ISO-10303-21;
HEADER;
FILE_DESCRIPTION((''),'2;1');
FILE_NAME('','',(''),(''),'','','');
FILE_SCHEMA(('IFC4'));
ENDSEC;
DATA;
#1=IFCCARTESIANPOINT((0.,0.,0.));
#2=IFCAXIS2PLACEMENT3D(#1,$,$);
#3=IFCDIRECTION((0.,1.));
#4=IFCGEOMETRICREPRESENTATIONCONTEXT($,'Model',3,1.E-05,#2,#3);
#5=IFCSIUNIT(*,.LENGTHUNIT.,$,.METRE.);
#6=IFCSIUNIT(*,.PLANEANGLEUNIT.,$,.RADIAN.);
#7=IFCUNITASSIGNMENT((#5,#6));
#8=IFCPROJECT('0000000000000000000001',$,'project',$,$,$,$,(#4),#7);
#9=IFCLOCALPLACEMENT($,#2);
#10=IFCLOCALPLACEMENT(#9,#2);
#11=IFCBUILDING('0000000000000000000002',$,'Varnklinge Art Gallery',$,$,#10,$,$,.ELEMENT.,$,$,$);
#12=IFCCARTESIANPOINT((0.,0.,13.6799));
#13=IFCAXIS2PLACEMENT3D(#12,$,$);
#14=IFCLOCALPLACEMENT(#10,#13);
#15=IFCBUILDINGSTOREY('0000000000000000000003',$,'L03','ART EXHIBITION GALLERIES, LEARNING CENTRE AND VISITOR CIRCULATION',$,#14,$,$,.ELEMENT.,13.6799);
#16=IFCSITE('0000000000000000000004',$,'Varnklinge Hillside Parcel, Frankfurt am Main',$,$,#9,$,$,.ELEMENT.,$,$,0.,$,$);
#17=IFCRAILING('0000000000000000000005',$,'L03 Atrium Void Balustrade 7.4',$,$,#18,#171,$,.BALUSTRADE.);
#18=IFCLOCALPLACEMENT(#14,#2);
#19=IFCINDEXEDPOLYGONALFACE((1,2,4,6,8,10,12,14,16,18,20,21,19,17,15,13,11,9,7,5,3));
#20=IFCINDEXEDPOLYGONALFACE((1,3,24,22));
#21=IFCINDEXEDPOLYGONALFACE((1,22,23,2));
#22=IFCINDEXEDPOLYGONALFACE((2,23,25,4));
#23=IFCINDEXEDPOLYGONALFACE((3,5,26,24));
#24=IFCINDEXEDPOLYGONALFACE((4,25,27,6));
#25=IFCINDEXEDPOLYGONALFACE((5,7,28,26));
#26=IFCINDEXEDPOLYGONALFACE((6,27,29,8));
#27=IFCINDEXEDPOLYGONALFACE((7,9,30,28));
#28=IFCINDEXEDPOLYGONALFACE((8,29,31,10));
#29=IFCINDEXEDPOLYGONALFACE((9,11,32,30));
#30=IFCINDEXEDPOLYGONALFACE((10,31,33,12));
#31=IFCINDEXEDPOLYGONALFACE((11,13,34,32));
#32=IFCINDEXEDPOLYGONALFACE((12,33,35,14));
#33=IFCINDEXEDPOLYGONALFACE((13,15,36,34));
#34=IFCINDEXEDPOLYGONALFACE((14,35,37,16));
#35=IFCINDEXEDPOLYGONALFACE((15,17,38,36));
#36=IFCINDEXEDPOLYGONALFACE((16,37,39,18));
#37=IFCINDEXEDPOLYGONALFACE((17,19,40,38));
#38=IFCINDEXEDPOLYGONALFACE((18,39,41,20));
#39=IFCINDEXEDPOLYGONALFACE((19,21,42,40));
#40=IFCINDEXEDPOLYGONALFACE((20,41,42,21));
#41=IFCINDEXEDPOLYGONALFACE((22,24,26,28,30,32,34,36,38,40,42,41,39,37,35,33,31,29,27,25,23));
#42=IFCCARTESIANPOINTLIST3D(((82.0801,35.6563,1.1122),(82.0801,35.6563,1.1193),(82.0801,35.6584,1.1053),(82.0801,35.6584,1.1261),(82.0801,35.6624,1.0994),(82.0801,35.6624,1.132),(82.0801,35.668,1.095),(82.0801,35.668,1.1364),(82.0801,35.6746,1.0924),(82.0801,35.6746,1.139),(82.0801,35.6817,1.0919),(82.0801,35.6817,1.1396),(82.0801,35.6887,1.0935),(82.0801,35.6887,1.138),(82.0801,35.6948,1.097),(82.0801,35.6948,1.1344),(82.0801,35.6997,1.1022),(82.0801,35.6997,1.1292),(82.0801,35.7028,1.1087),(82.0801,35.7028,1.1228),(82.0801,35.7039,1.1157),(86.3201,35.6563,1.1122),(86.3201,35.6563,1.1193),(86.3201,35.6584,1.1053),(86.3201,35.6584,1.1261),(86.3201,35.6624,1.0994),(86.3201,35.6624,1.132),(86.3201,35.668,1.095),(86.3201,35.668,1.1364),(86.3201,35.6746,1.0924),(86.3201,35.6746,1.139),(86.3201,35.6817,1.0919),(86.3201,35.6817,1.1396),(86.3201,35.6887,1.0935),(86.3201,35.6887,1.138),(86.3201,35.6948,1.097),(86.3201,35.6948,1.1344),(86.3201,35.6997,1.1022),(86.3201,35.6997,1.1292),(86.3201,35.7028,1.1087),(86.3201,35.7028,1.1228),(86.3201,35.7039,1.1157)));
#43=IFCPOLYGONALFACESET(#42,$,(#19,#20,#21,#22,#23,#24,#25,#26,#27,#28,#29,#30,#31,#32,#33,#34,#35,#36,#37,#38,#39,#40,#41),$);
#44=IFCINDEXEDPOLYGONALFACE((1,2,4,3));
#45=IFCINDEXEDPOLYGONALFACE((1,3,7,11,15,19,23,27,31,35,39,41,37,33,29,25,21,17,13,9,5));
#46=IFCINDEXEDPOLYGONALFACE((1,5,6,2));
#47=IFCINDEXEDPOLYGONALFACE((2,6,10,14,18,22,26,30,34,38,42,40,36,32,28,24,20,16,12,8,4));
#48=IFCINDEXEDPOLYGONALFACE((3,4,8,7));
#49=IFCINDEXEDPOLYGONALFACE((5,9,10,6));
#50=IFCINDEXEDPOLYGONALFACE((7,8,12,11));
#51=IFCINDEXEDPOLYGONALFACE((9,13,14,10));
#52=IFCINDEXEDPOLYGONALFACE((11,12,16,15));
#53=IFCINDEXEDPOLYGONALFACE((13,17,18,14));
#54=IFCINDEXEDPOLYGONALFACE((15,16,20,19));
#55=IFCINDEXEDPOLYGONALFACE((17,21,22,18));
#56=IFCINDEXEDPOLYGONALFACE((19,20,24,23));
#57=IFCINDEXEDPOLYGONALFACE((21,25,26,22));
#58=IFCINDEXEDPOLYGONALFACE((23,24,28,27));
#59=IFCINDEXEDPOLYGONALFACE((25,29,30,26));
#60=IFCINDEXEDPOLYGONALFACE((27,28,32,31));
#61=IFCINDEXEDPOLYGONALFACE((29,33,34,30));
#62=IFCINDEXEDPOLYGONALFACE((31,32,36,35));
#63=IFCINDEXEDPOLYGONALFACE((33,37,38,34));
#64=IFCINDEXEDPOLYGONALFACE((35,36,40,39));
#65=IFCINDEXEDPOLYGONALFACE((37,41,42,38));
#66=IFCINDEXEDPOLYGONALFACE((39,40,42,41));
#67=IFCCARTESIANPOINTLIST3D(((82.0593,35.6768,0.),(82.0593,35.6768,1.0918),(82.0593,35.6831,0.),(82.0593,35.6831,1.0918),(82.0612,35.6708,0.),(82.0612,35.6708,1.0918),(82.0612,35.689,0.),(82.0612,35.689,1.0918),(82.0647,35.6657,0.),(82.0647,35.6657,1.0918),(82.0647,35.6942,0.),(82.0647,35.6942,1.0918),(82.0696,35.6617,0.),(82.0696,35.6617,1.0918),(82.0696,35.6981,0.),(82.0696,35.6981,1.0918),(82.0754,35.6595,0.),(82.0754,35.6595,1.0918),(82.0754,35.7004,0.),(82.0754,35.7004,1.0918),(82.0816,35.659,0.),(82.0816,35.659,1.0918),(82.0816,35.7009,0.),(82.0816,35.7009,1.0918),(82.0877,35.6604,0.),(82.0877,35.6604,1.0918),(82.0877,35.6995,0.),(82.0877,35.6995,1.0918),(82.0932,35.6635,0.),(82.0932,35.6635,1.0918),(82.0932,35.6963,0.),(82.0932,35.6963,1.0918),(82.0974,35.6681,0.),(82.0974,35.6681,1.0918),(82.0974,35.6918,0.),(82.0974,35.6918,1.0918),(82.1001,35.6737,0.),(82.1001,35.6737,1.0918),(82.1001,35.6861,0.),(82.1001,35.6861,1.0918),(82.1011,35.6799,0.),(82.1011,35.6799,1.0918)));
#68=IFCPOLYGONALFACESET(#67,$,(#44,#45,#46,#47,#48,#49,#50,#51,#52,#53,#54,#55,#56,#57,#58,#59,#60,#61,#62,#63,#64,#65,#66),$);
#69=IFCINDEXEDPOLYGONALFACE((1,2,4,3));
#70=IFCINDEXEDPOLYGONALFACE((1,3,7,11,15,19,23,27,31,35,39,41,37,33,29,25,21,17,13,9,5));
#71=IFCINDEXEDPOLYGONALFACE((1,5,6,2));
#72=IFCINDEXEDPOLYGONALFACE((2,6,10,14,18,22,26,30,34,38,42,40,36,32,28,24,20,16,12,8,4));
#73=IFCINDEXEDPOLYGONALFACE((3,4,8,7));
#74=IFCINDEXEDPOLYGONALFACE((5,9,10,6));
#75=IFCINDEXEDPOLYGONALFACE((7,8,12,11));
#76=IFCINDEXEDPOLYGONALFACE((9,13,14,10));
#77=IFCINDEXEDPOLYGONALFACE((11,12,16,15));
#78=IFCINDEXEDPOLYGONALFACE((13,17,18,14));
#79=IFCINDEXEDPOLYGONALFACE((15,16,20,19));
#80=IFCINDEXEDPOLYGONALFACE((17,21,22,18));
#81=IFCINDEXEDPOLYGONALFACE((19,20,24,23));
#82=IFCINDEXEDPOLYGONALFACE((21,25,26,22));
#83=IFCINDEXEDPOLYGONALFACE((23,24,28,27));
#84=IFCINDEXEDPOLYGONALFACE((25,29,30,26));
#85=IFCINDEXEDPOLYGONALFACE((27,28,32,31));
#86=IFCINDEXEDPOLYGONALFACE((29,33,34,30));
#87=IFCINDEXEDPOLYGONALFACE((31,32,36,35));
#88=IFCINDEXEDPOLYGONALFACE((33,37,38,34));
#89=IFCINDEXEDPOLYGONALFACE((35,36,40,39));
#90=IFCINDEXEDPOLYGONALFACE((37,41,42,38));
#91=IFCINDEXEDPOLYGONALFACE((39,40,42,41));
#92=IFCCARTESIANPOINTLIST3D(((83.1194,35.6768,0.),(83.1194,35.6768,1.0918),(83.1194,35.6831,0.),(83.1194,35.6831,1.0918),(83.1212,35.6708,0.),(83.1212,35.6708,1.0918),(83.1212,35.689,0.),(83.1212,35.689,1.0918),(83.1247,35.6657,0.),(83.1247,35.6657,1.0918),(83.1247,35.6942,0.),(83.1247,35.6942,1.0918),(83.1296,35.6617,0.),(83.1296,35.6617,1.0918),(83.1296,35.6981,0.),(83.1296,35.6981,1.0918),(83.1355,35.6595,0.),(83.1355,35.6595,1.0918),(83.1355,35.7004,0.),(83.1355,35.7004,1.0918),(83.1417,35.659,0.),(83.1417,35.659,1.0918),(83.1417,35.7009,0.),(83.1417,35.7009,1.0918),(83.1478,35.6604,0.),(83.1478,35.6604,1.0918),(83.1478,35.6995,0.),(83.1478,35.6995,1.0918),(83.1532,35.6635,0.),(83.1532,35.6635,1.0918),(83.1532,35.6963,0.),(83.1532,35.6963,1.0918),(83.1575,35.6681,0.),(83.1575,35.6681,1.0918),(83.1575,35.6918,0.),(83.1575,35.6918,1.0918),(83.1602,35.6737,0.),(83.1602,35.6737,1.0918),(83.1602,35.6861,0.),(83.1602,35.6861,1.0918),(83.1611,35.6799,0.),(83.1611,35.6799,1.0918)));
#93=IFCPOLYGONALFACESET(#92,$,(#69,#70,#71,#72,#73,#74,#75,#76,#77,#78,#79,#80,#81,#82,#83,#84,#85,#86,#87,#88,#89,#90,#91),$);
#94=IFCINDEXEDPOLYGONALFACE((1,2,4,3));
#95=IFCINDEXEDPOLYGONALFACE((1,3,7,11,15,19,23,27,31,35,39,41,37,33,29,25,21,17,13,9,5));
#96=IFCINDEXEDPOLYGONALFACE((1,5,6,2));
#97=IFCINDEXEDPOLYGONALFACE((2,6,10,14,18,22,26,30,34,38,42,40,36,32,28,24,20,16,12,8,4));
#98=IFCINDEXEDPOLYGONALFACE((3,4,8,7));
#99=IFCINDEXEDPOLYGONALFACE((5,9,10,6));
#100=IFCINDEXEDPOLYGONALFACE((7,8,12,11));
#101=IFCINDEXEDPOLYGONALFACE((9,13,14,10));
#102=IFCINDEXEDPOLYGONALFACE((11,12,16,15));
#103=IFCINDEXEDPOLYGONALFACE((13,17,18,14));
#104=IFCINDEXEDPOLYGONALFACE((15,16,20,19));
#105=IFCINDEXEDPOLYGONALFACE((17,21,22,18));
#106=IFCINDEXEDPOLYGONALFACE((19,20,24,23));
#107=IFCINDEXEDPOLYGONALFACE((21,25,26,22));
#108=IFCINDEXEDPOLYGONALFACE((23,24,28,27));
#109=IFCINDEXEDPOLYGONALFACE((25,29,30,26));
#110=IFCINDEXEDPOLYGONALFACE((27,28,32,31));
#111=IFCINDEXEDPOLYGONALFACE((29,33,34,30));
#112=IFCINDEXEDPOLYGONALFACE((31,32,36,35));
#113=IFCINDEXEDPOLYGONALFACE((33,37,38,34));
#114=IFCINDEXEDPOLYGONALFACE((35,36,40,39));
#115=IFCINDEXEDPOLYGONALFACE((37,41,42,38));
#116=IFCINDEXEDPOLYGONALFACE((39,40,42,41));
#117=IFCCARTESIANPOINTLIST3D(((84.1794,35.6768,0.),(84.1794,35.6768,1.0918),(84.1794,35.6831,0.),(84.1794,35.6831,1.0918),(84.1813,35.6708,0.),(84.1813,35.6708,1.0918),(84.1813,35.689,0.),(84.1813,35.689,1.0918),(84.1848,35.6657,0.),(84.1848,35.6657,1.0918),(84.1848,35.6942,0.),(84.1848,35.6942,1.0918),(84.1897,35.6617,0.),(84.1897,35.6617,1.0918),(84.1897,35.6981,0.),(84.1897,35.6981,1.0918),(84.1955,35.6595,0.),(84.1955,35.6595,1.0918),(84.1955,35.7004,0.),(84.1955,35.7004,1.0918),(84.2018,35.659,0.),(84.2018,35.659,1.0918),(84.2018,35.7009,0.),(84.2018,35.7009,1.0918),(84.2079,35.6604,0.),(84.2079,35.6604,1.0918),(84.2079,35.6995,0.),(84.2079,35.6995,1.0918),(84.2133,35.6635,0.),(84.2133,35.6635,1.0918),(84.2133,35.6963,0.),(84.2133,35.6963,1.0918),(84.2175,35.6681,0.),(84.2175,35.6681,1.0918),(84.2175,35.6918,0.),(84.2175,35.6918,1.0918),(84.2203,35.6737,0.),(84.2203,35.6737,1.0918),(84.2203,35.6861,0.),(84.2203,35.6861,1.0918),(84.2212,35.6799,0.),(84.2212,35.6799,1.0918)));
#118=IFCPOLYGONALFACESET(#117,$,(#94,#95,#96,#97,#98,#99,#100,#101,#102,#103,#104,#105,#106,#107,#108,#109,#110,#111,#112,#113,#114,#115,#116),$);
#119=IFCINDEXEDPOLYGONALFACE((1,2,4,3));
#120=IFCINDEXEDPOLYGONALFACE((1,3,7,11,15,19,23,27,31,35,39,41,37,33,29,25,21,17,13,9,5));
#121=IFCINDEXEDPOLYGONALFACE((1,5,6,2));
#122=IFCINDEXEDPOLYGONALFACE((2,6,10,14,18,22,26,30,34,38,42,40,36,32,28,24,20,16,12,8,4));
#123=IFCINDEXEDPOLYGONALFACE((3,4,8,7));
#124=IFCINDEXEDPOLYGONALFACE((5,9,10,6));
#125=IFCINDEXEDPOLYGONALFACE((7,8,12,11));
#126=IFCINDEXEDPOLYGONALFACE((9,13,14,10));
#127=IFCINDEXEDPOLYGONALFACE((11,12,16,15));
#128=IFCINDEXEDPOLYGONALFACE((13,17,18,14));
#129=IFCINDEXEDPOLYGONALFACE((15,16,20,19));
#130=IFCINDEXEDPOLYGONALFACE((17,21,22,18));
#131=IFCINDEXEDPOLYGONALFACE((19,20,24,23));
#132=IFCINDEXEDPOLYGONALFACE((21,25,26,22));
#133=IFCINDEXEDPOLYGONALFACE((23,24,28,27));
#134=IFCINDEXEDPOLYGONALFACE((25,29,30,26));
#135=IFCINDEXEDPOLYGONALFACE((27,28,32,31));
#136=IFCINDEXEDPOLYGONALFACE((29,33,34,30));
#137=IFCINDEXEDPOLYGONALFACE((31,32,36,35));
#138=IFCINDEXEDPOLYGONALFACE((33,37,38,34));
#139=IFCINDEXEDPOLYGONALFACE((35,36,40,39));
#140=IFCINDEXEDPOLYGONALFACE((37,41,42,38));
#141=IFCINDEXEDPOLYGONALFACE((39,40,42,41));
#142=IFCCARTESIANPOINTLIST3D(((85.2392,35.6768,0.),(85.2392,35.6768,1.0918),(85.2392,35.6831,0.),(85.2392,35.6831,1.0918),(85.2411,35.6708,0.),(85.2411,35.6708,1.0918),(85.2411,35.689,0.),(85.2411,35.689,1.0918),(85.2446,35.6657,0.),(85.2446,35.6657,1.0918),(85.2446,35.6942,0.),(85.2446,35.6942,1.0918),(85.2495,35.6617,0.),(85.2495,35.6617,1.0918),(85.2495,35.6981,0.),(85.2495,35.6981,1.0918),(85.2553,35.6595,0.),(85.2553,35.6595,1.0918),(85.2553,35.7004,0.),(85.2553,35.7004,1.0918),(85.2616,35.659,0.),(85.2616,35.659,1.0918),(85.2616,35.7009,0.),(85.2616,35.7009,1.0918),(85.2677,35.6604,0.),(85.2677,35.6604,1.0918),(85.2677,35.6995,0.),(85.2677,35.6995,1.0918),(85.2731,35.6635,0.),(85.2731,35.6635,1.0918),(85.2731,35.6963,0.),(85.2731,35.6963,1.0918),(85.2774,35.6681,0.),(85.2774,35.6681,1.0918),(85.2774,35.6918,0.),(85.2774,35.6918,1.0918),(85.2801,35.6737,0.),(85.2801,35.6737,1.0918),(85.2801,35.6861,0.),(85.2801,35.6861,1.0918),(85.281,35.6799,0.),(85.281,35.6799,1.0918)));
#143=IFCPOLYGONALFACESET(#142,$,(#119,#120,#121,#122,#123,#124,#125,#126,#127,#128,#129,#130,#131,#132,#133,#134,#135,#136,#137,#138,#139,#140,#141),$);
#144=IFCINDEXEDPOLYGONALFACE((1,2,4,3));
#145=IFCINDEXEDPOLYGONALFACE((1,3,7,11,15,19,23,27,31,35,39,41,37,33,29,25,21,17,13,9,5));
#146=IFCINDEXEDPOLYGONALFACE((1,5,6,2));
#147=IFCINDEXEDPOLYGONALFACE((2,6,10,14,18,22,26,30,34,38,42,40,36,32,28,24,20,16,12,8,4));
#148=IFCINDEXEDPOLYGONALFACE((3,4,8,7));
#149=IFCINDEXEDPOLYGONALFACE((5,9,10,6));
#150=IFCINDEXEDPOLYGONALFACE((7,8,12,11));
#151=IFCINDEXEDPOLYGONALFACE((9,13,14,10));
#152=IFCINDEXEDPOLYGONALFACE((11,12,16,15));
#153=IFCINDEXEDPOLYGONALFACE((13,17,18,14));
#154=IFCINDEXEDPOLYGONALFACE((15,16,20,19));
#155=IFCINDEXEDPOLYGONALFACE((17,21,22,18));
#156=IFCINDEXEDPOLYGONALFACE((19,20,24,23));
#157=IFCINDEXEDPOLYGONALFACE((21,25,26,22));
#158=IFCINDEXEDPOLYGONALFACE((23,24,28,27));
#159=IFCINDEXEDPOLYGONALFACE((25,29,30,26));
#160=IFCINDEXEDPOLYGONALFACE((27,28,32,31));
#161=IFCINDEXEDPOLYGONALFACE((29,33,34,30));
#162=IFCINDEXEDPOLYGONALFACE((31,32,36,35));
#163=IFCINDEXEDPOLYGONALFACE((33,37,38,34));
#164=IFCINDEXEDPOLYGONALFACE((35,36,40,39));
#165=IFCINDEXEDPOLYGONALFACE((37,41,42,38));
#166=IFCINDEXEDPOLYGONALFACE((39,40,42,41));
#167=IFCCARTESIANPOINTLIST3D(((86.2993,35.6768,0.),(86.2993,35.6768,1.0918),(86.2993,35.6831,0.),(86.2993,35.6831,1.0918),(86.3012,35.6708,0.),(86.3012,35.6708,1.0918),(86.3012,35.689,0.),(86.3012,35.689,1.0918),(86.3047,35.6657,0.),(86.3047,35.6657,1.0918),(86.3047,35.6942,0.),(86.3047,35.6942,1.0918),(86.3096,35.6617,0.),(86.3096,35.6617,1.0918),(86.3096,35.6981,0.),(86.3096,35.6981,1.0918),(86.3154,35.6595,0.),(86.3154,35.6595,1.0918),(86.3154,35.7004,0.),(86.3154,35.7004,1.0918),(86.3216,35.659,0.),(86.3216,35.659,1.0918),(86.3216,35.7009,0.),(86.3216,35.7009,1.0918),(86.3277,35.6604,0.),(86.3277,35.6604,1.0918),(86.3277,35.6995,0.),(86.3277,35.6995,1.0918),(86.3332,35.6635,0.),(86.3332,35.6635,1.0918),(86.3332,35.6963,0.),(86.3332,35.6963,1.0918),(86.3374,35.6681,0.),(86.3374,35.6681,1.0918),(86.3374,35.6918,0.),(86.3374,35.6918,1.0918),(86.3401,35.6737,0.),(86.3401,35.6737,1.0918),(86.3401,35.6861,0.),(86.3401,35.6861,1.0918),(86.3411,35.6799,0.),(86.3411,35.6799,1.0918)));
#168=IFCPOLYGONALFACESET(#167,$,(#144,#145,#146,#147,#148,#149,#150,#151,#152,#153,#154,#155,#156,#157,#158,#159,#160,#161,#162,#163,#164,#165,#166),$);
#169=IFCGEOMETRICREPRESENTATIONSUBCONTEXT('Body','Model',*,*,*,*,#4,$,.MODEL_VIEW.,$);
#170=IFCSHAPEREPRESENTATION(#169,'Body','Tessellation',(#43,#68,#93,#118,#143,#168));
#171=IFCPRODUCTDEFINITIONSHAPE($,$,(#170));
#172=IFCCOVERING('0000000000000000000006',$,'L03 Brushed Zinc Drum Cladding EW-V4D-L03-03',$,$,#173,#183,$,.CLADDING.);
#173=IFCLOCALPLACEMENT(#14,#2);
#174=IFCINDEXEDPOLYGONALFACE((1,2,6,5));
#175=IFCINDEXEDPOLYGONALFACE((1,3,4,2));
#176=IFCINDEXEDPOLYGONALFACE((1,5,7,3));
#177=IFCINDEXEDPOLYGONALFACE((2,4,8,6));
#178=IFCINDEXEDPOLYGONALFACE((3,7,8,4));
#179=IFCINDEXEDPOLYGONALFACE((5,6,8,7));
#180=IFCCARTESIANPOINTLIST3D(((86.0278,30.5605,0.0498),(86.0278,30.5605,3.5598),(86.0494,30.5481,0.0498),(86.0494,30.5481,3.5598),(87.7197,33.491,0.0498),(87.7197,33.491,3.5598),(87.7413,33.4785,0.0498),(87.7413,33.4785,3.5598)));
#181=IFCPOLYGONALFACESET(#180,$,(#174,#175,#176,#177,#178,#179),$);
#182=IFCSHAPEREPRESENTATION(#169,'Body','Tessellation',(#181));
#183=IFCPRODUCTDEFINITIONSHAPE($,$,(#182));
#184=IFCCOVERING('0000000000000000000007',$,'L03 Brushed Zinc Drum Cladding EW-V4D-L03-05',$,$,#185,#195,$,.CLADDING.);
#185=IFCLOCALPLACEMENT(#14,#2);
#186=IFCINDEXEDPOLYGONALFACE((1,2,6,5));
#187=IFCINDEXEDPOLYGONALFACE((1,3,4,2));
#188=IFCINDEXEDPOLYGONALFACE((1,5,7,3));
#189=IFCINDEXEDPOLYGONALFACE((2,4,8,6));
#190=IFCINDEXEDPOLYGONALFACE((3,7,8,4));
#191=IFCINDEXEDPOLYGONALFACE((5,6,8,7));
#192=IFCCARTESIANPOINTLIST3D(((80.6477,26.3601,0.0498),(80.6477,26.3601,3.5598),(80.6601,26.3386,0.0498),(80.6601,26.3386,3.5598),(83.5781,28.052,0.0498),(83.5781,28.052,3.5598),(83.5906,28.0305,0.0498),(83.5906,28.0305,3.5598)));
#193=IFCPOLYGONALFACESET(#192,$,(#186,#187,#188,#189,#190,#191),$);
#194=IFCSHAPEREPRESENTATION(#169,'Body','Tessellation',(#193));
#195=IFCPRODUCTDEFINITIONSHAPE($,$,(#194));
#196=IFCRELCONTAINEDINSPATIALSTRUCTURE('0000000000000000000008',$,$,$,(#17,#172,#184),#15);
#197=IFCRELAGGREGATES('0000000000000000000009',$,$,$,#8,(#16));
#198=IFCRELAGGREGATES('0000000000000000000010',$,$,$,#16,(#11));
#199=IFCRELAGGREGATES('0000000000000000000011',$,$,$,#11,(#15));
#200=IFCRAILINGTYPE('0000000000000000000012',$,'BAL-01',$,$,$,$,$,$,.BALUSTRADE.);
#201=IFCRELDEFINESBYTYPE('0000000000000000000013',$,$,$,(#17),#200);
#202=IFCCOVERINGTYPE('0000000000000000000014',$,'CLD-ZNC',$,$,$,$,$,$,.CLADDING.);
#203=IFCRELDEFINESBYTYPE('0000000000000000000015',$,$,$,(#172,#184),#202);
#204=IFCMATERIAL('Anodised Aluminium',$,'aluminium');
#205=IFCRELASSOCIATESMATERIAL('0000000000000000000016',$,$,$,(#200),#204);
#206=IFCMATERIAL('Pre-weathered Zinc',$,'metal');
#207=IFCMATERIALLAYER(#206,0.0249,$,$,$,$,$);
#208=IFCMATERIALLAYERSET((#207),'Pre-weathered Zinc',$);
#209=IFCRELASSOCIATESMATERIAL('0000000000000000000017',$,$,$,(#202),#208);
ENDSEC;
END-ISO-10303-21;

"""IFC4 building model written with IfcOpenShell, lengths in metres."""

from ifc_helpers import new_model, si_unit, direction, frame, origin, origin_2d, place, context, subcontext, project, spatial, rectangle, circle, extrude, material, layer, layer_set, type_object, element, save


model = new_model("IFC4")

# Units and contexts
model_context = context("Model", 3, precision=1e-05, world=origin(), true_north=direction((0.0, 1.0)))
body_context = subcontext(model_context, "Body", "Model", "MODEL_VIEW")
ifc_project = project(units=[si_unit("LENGTHUNIT", "METRE"), si_unit("PLANEANGLEUNIT", "RADIAN")], contexts=[model_context])

# Site, building, storey
site_placement = place(None, origin())
site = spatial("IfcSite", under=ifc_project, at=site_placement, Name="Varnklinge Hillside Parcel, Frankfurt am Main", CompositionType="ELEMENT", RefElevation=0.0)
building_placement = place(site_placement, origin())
building = spatial("IfcBuilding", under=site, at=building_placement, Name="Varnklinge Art Gallery", CompositionType="ELEMENT")
storey_placement = place(building_placement, frame((0.0, 0.0, 13.6799)))
storey = spatial("IfcBuildingStorey", under=building, at=storey_placement, Name="L03", Description="ART EXHIBITION GALLERIES, LEARNING CENTRE AND VISITOR CIRCULATION", CompositionType="ELEMENT", Elevation=13.6799)

# Railing
ifc_material_1 = material(Name="Anodised Aluminium", Category="aluminium")
railing_type = type_object("IfcRailingType", Name="BAL-01", PredefinedType="BALUSTRADE", material=ifc_material_1)
railing_1_placement = place(storey_placement, frame((82.0801, 35.6799, 0.0)))
element("IfcRailing", 1, at=railing_1_placement, inside=storey, type_object=railing_type, Name="L03 Atrium Void Balustrade 7.4", PredefinedType="BALUSTRADE", context=body_context, shape_type="SweptSolid", body=[
    extrude(circle(Radius=0.0239, at=origin_2d()), frame((0.0, 0.0, 1.1157), z_axis=(1.0, 0.0, 0.0), x_axis=(0.0, 1.0, 0.0)), (0.0, 0.0, 1.0), 4.24),
    extrude(circle(Radius=0.021, at=origin_2d()), origin(), (0.0, 0.0, 1.0), 1.0918),
    extrude(circle(Radius=0.021, at=origin_2d()), frame((1.0601, 0.0, 0.0)), (0.0, 0.0, 1.0), 1.0918),
    extrude(circle(Radius=0.021, at=origin_2d()), frame((2.1201, 0.0, 0.0)), (0.0, 0.0, 1.0), 1.0918),
    extrude(circle(Radius=0.021, at=origin_2d()), frame((3.1799, 0.0, 0.0)), (0.0, 0.0, 1.0), 1.0918),
    extrude(circle(Radius=0.021, at=origin_2d()), frame((4.24, 0.0, 0.0)), (0.0, 0.0, 1.0), 1.0918),
])

# Coverings
ifc_material_2 = material(Name="Pre-weathered Zinc", Category="metal")
ifc_layer_1 = layer(ifc_material_2, 0.0249)
ifc_layer_set_1 = layer_set([ifc_layer_1], Name="Pre-weathered Zinc")
covering_type = type_object("IfcCoveringType", Name="CLD-ZNC", PredefinedType="CLADDING", material=ifc_layer_set_1)
for number, where, z_axis, x_axis, name in (
    (2, (86.8845, 32.0195, 0.0498), (0.0, 0.0, 1.0), (-0.5, -0.866025, 0.0), "L03 Brushed Zinc Drum Cladding EW-V4D-L03-03"),
    (3, (82.1191, 27.1953, 0.0498), (0.0, 0.0, 1.0), (-0.866025, -0.5, 0.0), "L03 Brushed Zinc Drum Cladding EW-V4D-L03-05"),
):
    element("IfcCovering", number, at=place(storey_placement, frame(where, z_axis=z_axis, x_axis=x_axis)), inside=storey, type_object=covering_type, Name=name, PredefinedType="CLADDING", context=body_context, shape_type="SweptSolid", body=[
        extrude(rectangle(XDim=3.3838, YDim=0.0249, at=origin_2d()), origin(), (0.0, 0.0, 1.0), 3.51),
    ])

save(model, "model.ifc")
